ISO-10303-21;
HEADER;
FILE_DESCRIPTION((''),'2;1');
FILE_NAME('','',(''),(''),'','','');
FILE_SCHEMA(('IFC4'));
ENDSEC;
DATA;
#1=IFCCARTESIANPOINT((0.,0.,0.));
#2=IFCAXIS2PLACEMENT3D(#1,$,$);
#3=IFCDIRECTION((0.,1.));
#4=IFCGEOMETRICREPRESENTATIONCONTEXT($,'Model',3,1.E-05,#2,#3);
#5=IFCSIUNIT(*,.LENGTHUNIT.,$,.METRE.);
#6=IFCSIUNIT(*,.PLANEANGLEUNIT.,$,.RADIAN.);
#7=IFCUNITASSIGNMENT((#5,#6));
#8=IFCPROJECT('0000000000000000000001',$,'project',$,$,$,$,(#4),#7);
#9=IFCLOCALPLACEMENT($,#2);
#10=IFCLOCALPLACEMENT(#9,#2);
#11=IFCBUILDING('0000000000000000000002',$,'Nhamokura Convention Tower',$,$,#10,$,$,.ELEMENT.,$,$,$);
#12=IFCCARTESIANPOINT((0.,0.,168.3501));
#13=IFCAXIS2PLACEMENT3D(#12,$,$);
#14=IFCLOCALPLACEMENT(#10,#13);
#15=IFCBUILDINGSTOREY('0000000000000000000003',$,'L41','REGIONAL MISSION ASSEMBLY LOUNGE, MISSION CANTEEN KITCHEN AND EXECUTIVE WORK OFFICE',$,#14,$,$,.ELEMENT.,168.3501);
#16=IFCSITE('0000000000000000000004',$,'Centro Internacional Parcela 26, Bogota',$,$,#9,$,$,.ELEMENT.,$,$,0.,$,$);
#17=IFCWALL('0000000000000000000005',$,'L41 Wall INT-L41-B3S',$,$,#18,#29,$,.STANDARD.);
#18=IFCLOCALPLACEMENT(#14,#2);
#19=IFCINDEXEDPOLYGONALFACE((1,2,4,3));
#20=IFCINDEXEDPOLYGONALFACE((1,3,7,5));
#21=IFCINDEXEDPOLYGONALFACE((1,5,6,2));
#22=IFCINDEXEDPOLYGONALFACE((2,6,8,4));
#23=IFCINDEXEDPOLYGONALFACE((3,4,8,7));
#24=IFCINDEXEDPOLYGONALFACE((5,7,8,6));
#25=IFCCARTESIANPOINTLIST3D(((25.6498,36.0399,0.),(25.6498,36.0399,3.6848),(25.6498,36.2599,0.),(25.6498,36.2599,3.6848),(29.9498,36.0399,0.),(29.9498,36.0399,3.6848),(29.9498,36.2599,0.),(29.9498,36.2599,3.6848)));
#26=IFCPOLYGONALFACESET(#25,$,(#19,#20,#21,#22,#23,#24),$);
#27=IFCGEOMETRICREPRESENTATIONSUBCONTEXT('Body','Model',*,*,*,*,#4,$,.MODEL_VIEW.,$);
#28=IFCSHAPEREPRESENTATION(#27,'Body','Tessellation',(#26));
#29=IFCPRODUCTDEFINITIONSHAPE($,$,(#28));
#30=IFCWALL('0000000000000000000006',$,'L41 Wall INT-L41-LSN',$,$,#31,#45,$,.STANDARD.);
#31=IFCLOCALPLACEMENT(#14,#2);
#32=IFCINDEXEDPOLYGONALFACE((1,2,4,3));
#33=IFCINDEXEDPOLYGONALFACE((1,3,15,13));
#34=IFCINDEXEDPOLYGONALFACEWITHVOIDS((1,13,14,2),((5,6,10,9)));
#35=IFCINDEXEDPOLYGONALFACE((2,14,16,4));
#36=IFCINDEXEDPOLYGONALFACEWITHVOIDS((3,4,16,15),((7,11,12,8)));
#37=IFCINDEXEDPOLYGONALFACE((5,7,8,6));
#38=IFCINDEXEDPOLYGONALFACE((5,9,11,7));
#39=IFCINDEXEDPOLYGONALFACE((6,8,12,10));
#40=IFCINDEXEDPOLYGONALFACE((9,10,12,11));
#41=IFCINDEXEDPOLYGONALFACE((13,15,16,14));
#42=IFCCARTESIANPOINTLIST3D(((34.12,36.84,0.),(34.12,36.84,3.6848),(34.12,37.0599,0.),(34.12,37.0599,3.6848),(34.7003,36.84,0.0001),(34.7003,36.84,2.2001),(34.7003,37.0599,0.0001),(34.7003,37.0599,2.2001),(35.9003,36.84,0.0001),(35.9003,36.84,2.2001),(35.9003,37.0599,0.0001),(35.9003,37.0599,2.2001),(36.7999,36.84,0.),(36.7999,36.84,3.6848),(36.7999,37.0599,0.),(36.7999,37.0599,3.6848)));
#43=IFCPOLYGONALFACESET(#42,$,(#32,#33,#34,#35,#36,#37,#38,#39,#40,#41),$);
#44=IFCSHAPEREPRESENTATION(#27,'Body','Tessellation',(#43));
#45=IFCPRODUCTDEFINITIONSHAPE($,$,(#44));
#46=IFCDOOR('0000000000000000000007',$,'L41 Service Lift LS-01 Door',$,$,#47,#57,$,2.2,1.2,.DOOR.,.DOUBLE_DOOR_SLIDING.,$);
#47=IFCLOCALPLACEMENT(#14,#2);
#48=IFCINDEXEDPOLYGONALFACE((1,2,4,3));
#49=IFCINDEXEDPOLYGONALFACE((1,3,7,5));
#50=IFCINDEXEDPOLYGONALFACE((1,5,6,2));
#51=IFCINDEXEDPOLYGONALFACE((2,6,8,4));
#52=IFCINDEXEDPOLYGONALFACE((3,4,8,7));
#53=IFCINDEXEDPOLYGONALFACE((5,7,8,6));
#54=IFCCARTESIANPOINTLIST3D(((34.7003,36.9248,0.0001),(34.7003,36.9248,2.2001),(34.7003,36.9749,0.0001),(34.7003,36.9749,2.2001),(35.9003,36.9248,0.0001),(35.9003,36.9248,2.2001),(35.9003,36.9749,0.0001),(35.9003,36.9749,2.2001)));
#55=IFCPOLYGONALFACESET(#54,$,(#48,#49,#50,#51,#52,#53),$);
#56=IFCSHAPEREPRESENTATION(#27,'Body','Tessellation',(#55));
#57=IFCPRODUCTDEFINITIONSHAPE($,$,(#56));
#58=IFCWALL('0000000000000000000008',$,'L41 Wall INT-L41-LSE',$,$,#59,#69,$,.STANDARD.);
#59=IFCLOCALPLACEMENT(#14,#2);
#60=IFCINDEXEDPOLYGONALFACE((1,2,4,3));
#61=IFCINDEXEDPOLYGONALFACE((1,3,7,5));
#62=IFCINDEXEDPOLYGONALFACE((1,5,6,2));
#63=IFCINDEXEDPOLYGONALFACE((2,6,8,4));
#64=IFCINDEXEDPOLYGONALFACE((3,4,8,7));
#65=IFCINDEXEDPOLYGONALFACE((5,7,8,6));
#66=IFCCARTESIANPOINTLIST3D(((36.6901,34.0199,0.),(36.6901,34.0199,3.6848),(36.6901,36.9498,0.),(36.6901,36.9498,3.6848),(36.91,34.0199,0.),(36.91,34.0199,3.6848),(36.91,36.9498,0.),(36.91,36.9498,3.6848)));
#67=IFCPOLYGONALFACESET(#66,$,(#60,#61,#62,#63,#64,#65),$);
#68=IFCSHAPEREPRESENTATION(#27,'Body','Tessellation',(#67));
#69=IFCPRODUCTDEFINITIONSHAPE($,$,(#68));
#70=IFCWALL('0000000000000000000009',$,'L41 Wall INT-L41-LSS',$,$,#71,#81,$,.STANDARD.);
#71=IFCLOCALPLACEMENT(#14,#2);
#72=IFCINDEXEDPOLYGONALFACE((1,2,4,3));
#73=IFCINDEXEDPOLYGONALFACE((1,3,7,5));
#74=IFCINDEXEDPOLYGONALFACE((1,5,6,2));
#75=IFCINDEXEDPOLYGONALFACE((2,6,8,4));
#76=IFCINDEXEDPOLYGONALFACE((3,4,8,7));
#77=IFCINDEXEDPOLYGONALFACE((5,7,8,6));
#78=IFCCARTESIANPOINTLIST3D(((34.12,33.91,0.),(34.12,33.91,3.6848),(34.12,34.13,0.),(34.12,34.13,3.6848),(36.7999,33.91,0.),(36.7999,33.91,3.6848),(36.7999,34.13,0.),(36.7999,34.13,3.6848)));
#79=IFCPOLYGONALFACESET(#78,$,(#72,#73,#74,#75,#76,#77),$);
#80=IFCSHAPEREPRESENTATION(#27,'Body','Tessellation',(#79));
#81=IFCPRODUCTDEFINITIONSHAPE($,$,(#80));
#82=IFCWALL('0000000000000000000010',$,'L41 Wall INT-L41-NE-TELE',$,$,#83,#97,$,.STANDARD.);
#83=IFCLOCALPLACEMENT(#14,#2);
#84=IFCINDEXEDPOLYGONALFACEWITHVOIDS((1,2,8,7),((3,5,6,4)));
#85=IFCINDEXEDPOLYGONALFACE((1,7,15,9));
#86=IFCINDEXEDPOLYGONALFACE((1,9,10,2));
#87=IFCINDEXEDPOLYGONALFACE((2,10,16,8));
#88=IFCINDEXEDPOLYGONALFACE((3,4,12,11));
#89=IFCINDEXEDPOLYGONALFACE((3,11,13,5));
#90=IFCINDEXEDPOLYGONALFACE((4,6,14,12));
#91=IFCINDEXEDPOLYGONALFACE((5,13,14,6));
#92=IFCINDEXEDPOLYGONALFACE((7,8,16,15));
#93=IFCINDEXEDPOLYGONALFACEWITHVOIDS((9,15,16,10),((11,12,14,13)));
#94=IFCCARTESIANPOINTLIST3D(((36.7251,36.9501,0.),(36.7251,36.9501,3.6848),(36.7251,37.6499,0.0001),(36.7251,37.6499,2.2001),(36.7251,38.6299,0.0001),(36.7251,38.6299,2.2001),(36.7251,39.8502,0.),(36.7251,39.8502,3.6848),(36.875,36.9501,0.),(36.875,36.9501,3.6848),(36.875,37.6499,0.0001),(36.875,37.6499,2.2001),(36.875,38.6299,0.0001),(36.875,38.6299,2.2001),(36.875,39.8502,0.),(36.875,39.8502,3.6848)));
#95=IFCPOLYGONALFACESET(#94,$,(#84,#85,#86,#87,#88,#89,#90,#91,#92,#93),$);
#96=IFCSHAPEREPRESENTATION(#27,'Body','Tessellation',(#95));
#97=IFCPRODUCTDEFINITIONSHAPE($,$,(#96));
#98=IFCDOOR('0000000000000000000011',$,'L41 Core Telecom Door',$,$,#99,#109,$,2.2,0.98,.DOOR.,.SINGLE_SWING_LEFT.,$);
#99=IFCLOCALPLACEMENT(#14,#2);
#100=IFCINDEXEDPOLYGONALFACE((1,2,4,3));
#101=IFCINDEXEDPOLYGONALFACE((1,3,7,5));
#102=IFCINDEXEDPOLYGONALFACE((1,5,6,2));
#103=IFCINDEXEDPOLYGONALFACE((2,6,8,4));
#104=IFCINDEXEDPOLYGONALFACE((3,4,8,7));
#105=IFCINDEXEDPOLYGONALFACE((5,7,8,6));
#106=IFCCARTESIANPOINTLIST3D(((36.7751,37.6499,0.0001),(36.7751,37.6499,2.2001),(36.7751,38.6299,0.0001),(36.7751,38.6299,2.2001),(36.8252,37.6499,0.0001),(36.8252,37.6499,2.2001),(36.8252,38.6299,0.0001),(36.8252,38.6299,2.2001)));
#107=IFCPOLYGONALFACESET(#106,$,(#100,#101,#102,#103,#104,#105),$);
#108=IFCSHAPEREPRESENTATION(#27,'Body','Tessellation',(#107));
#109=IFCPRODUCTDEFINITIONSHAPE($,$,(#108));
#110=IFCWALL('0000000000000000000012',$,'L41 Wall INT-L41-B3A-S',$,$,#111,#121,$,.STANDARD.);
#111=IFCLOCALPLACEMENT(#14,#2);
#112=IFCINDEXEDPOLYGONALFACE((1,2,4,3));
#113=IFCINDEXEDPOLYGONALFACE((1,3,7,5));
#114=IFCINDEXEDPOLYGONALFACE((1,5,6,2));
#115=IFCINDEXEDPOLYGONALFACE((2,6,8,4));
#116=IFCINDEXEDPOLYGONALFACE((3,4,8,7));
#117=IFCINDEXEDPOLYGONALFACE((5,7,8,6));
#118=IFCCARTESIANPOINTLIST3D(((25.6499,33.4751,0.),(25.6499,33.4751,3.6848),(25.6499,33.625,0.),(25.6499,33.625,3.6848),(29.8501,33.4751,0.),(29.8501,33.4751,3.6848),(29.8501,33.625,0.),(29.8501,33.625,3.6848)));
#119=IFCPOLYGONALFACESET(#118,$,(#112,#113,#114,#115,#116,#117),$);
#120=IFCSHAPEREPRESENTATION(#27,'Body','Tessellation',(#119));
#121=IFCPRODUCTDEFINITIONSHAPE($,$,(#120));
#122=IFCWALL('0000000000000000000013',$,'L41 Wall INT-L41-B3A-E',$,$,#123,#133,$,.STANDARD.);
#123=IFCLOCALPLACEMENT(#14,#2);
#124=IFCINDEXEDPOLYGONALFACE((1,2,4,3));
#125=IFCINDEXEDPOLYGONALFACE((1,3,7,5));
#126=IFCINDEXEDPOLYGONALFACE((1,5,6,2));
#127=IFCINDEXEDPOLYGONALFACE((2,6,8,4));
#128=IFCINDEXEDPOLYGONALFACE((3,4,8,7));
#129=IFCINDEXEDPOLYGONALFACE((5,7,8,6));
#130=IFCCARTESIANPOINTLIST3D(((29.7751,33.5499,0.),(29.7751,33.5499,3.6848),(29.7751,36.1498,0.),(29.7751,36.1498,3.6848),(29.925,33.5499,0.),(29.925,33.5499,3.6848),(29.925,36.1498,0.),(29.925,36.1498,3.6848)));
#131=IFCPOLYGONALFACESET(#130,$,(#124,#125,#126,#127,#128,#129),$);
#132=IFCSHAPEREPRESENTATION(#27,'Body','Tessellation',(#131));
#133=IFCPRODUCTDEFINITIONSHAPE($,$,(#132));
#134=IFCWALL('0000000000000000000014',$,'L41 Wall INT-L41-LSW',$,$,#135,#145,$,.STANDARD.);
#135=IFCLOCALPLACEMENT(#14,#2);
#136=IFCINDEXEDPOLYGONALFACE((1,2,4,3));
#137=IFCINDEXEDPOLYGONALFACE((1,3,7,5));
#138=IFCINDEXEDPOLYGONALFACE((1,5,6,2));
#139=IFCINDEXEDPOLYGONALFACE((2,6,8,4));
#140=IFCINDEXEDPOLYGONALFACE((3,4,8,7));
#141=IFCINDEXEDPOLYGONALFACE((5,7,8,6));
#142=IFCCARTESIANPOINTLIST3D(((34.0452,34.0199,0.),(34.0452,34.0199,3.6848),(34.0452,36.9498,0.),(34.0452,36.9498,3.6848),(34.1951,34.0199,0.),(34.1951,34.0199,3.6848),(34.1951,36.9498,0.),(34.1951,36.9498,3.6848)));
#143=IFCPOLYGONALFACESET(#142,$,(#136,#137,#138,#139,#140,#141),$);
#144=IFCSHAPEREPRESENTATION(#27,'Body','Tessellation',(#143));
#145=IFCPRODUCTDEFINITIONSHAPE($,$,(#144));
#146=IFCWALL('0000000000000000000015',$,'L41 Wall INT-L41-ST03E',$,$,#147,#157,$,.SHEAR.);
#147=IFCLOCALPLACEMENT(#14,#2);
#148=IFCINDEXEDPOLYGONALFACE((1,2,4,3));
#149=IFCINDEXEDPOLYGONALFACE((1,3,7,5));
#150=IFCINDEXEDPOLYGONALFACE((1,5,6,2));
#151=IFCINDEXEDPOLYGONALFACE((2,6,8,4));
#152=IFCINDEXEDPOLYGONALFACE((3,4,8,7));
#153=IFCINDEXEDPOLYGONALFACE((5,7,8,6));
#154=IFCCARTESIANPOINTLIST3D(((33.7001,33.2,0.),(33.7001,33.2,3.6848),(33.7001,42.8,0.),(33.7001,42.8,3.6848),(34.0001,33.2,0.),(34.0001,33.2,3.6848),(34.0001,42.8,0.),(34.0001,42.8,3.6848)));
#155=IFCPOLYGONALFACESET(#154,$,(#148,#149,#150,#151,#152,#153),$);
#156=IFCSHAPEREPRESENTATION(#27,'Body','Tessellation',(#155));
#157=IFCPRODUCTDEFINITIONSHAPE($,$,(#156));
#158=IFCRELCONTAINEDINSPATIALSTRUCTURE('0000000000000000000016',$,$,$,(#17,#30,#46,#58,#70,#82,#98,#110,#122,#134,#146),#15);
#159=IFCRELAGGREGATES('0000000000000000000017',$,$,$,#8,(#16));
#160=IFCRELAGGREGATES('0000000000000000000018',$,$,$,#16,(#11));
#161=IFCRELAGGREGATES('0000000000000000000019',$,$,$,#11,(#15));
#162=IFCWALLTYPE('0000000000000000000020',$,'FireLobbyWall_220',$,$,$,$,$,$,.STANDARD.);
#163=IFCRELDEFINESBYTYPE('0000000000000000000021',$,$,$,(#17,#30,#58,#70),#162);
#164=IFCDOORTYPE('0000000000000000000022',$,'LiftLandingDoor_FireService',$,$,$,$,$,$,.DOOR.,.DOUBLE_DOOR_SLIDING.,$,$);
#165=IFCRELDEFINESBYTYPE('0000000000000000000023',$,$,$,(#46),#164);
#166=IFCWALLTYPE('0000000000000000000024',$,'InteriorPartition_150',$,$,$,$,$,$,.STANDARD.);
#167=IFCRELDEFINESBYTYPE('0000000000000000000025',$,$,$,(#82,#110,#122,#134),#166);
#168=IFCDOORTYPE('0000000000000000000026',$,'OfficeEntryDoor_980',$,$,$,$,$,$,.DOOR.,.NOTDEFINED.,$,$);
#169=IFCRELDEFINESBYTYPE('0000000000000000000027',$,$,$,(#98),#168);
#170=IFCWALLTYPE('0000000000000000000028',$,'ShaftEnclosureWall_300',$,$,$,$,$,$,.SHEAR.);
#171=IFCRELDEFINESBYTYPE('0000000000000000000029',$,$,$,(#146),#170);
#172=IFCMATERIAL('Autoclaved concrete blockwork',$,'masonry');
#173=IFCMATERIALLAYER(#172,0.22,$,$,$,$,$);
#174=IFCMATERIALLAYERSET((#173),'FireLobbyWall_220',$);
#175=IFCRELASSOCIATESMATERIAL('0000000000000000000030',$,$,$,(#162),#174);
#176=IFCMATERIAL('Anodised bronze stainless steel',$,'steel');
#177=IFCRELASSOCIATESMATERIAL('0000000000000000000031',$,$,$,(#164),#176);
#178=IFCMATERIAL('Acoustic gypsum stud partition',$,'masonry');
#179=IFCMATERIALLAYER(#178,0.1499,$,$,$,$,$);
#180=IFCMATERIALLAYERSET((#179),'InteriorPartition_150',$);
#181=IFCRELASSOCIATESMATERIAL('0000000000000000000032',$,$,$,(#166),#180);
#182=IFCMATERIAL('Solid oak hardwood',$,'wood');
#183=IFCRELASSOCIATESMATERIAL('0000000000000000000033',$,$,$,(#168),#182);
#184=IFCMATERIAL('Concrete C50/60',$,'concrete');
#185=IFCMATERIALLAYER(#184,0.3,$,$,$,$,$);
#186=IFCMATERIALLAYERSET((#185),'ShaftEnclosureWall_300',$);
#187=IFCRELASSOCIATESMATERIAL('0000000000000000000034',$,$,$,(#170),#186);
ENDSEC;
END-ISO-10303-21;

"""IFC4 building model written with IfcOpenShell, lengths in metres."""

from ifc_helpers import new_model, si_unit, direction, frame, frame_2d, origin, place, context, subcontext, project, spatial, rectangle, extrude, material, layer, layer_set, type_object, element, fill, save


model = new_model("IFC4")

# Units and contexts
model_context = context("Model", 3, precision=1e-05, world=origin(), true_north=direction((0.0, 1.0)))
body_context = subcontext(model_context, "Body", "Model", "MODEL_VIEW")
ifc_project = project(units=[si_unit("LENGTHUNIT", "METRE"), si_unit("PLANEANGLEUNIT", "RADIAN")], contexts=[model_context])

# Site, building, storey
site_placement = place(None, origin())
site = spatial("IfcSite", under=ifc_project, at=site_placement, Name="Centro Internacional Parcela 26, Bogota", CompositionType="ELEMENT", RefElevation=0.0)
building_placement = place(site_placement, origin())
building = spatial("IfcBuilding", under=site, at=building_placement, Name="Nhamokura Convention Tower", CompositionType="ELEMENT")
storey_placement = place(building_placement, frame((0.0, 0.0, 168.3501)))
storey = spatial("IfcBuildingStorey", under=building, at=storey_placement, Name="L41", Description="REGIONAL MISSION ASSEMBLY LOUNGE, MISSION CANTEEN KITCHEN AND EXECUTIVE WORK OFFICE", CompositionType="ELEMENT", Elevation=168.3501)

# Wall
ifc_material_1 = material(Name="Autoclaved concrete blockwork", Category="masonry")
ifc_layer_1 = layer(ifc_material_1, 0.22)
ifc_layer_set_1 = layer_set([ifc_layer_1], Name="FireLobbyWall_220")
wall_type_1 = type_object("IfcWallType", Name="FireLobbyWall_220", PredefinedType="STANDARD", material=ifc_layer_set_1)
wall_1_placement = place(storey_placement, frame((25.6499, 36.1499, 0.0), z_axis=(0.0, 0.0, 1.0), x_axis=(1.0, 0.0, 0.0)))
element("IfcWall", 1, at=wall_1_placement, inside=storey, type_object=wall_type_1, Name="L41 Wall INT-L41-B3S", PredefinedType="STANDARD", context=body_context, shape_type="SweptSolid", body=[
    extrude(rectangle(XDim=4.3, YDim=0.22, at=frame_2d((2.1499, 0.0))), origin(), (0.0, 0.0, 1.0), 3.6848),
])

# Wall, opening, door
wall_2_placement = place(storey_placement, frame((34.1201, 36.95, 0.0), z_axis=(0.0, 0.0, 1.0), x_axis=(1.0, 0.0, 0.0)))
wall_2 = element("IfcWall", 2, at=wall_2_placement, inside=storey, type_object=wall_type_1, Name="L41 Wall INT-L41-LSN", PredefinedType="STANDARD", context=body_context, shape_type="SweptSolid", body=[
    extrude(rectangle(XDim=2.6799, YDim=0.22, at=frame_2d((1.3398, 0.0))), origin(), (0.0, 0.0, 1.0), 3.6848),
])
opening_1_placement = place(wall_2_placement, frame((0.5801, 0.0, 0.0)))
opening_1 = element("IfcOpeningElement", 3, at=opening_1_placement, cuts=wall_2, PredefinedType="OPENING", context=body_context, shape_type="SweptSolid", body=[
    extrude(rectangle(XDim=1.2, YDim=2.2, at=frame_2d((0.6001, 1.1001))), frame((0.0, 0.1199, 0.0), z_axis=(0.0, -1.0, 0.0), x_axis=(1.0, 0.0, 0.0)), (0.0, 0.0, 1.0), 0.24),
])
ifc_material_2 = material(Name="Anodised bronze stainless steel", Category="steel")
door_type_1 = type_object("IfcDoorType", Name="LiftLandingDoor_FireService", OperationType="DOUBLE_DOOR_SLIDING", PredefinedType="DOOR", material=ifc_material_2)
door_1_placement = place(opening_1_placement, origin())
door_1 = element("IfcDoor", 4, at=door_1_placement, inside=storey, type_object=door_type_1, Name="L41 Service Lift LS-01 Door", OperationType="DOUBLE_DOOR_SLIDING", OverallHeight=2.2, OverallWidth=1.2, PredefinedType="DOOR", context=body_context, shape_type="SweptSolid", body=[
    extrude(rectangle(XDim=1.2, YDim=2.2, at=frame_2d((0.6001, 1.1001))), frame((0.0, 0.0249, 0.0), z_axis=(0.0, -1.0, 0.0), x_axis=(1.0, 0.0, 0.0)), (0.0, 0.0, 1.0), 0.05),
])
fill(opening_1, door_1)

# Walls
wall_3_placement = place(storey_placement, frame((36.8, 34.02, 0.0), z_axis=(0.0, 0.0, 1.0), x_axis=(0.0, 1.0, 0.0)))
element("IfcWall", 5, at=wall_3_placement, inside=storey, type_object=wall_type_1, Name="L41 Wall INT-L41-LSE", PredefinedType="STANDARD", context=body_context, shape_type="SweptSolid", body=[
    extrude(rectangle(XDim=2.9299, YDim=0.22, at=frame_2d((1.4648, 0.0))), origin(), (0.0, 0.0, 1.0), 3.6848),
])
wall_4_placement = place(storey_placement, frame((34.1201, 34.02, 0.0), z_axis=(0.0, 0.0, 1.0), x_axis=(1.0, 0.0, 0.0)))
element("IfcWall", 6, at=wall_4_placement, inside=storey, type_object=wall_type_1, Name="L41 Wall INT-L41-LSS", PredefinedType="STANDARD", context=body_context, shape_type="SweptSolid", body=[
    extrude(rectangle(XDim=2.6799, YDim=0.22, at=frame_2d((1.3398, 0.0))), origin(), (0.0, 0.0, 1.0), 3.6848),
])

# Wall, opening, door
ifc_material_3 = material(Name="Acoustic gypsum stud partition", Category="masonry")
ifc_layer_2 = layer(ifc_material_3, 0.1499)
ifc_layer_set_2 = layer_set([ifc_layer_2], Name="InteriorPartition_150")
wall_type_2 = type_object("IfcWallType", Name="InteriorPartition_150", PredefinedType="STANDARD", material=ifc_layer_set_2)
wall_5_placement = place(storey_placement, frame((36.8, 36.95, 0.0), z_axis=(0.0, 0.0, 1.0), x_axis=(0.0, 1.0, 0.0)))
wall_5 = element("IfcWall", 7, at=wall_5_placement, inside=storey, type_object=wall_type_2, Name="L41 Wall INT-L41-NE-TELE", PredefinedType="STANDARD", context=body_context, shape_type="SweptSolid", body=[
    extrude(rectangle(XDim=2.9001, YDim=0.1499, at=frame_2d((1.4502, 0.0))), origin(), (0.0, 0.0, 1.0), 3.6848),
])
opening_2_placement = place(wall_5_placement, frame((0.7, 0.0, 0.0)))
opening_2 = element("IfcOpeningElement", 8, at=opening_2_placement, cuts=wall_5, PredefinedType="OPENING", context=body_context, shape_type="SweptSolid", body=[
    extrude(rectangle(XDim=0.98, YDim=2.2, at=frame_2d((0.49, 1.1001))), frame((0.0, 0.085, 0.0), z_axis=(0.0, -1.0, 0.0), x_axis=(1.0, 0.0, 0.0)), (0.0, 0.0, 1.0), 0.1699),
])
ifc_material_4 = material(Name="Solid oak hardwood", Category="wood")
door_type_2 = type_object("IfcDoorType", Name="OfficeEntryDoor_980", OperationType="NOTDEFINED", PredefinedType="DOOR", material=ifc_material_4)
door_2_placement = place(opening_2_placement, origin())
door_2 = element("IfcDoor", 9, at=door_2_placement, inside=storey, type_object=door_type_2, Name="L41 Core Telecom Door", OperationType="SINGLE_SWING_LEFT", OverallHeight=2.2, OverallWidth=0.98, PredefinedType="DOOR", context=body_context, shape_type="SweptSolid", body=[
    extrude(rectangle(XDim=0.98, YDim=2.2, at=frame_2d((0.49, 1.1001))), frame((0.0, 0.0249, 0.0), z_axis=(0.0, -1.0, 0.0), x_axis=(1.0, 0.0, 0.0)), (0.0, 0.0, 1.0), 0.05),
])
fill(opening_2, door_2)

# Walls
wall_6_placement = place(storey_placement, frame((25.6499, 33.55, 0.0), z_axis=(0.0, 0.0, 1.0), x_axis=(1.0, 0.0, 0.0)))
element("IfcWall", 10, at=wall_6_placement, inside=storey, type_object=wall_type_2, Name="L41 Wall INT-L41-B3A-S", PredefinedType="STANDARD", context=body_context, shape_type="SweptSolid", body=[
    extrude(rectangle(XDim=4.2002, YDim=0.1499, at=frame_2d((2.1001, 0.0))), origin(), (0.0, 0.0, 1.0), 3.6848),
])
wall_7_placement = place(storey_placement, frame((29.8501, 33.55, 0.0), z_axis=(0.0, 0.0, 1.0), x_axis=(0.0, 1.0, 0.0)))
element("IfcWall", 11, at=wall_7_placement, inside=storey, type_object=wall_type_2, Name="L41 Wall INT-L41-B3A-E", PredefinedType="STANDARD", context=body_context, shape_type="SweptSolid", body=[
    extrude(rectangle(XDim=2.5999, YDim=0.1499, at=frame_2d((1.2998, 0.0))), origin(), (0.0, 0.0, 1.0), 3.6848),
])
wall_8_placement = place(storey_placement, frame((34.1201, 34.02, 0.0), z_axis=(0.0, 0.0, 1.0), x_axis=(0.0, 1.0, 0.0)))
element("IfcWall", 12, at=wall_8_placement, inside=storey, type_object=wall_type_2, Name="L41 Wall INT-L41-LSW", PredefinedType="STANDARD", context=body_context, shape_type="SweptSolid", body=[
    extrude(rectangle(XDim=2.9299, YDim=0.1499, at=frame_2d((1.4648, 0.0))), origin(), (0.0, 0.0, 1.0), 3.6848),
])
ifc_material_5 = material(Name="Concrete C50/60", Category="concrete")
ifc_layer_3 = layer(ifc_material_5, 0.3)
ifc_layer_set_3 = layer_set([ifc_layer_3], Name="ShaftEnclosureWall_300")
wall_type_3 = type_object("IfcWallType", Name="ShaftEnclosureWall_300", PredefinedType="SHEAR", material=ifc_layer_set_3)
wall_9_placement = place(storey_placement, frame((33.8501, 33.2, 0.0), z_axis=(0.0, 0.0, 1.0), x_axis=(0.0, 1.0, 0.0)))
element("IfcWall", 13, at=wall_9_placement, inside=storey, type_object=wall_type_3, Name="L41 Wall INT-L41-ST03E", PredefinedType="SHEAR", context=body_context, shape_type="SweptSolid", body=[
    extrude(rectangle(XDim=9.6001, YDim=0.3, at=frame_2d((4.8, 0.0))), origin(), (0.0, 0.0, 1.0), 3.6848),
])

save(model, "model.ifc")
